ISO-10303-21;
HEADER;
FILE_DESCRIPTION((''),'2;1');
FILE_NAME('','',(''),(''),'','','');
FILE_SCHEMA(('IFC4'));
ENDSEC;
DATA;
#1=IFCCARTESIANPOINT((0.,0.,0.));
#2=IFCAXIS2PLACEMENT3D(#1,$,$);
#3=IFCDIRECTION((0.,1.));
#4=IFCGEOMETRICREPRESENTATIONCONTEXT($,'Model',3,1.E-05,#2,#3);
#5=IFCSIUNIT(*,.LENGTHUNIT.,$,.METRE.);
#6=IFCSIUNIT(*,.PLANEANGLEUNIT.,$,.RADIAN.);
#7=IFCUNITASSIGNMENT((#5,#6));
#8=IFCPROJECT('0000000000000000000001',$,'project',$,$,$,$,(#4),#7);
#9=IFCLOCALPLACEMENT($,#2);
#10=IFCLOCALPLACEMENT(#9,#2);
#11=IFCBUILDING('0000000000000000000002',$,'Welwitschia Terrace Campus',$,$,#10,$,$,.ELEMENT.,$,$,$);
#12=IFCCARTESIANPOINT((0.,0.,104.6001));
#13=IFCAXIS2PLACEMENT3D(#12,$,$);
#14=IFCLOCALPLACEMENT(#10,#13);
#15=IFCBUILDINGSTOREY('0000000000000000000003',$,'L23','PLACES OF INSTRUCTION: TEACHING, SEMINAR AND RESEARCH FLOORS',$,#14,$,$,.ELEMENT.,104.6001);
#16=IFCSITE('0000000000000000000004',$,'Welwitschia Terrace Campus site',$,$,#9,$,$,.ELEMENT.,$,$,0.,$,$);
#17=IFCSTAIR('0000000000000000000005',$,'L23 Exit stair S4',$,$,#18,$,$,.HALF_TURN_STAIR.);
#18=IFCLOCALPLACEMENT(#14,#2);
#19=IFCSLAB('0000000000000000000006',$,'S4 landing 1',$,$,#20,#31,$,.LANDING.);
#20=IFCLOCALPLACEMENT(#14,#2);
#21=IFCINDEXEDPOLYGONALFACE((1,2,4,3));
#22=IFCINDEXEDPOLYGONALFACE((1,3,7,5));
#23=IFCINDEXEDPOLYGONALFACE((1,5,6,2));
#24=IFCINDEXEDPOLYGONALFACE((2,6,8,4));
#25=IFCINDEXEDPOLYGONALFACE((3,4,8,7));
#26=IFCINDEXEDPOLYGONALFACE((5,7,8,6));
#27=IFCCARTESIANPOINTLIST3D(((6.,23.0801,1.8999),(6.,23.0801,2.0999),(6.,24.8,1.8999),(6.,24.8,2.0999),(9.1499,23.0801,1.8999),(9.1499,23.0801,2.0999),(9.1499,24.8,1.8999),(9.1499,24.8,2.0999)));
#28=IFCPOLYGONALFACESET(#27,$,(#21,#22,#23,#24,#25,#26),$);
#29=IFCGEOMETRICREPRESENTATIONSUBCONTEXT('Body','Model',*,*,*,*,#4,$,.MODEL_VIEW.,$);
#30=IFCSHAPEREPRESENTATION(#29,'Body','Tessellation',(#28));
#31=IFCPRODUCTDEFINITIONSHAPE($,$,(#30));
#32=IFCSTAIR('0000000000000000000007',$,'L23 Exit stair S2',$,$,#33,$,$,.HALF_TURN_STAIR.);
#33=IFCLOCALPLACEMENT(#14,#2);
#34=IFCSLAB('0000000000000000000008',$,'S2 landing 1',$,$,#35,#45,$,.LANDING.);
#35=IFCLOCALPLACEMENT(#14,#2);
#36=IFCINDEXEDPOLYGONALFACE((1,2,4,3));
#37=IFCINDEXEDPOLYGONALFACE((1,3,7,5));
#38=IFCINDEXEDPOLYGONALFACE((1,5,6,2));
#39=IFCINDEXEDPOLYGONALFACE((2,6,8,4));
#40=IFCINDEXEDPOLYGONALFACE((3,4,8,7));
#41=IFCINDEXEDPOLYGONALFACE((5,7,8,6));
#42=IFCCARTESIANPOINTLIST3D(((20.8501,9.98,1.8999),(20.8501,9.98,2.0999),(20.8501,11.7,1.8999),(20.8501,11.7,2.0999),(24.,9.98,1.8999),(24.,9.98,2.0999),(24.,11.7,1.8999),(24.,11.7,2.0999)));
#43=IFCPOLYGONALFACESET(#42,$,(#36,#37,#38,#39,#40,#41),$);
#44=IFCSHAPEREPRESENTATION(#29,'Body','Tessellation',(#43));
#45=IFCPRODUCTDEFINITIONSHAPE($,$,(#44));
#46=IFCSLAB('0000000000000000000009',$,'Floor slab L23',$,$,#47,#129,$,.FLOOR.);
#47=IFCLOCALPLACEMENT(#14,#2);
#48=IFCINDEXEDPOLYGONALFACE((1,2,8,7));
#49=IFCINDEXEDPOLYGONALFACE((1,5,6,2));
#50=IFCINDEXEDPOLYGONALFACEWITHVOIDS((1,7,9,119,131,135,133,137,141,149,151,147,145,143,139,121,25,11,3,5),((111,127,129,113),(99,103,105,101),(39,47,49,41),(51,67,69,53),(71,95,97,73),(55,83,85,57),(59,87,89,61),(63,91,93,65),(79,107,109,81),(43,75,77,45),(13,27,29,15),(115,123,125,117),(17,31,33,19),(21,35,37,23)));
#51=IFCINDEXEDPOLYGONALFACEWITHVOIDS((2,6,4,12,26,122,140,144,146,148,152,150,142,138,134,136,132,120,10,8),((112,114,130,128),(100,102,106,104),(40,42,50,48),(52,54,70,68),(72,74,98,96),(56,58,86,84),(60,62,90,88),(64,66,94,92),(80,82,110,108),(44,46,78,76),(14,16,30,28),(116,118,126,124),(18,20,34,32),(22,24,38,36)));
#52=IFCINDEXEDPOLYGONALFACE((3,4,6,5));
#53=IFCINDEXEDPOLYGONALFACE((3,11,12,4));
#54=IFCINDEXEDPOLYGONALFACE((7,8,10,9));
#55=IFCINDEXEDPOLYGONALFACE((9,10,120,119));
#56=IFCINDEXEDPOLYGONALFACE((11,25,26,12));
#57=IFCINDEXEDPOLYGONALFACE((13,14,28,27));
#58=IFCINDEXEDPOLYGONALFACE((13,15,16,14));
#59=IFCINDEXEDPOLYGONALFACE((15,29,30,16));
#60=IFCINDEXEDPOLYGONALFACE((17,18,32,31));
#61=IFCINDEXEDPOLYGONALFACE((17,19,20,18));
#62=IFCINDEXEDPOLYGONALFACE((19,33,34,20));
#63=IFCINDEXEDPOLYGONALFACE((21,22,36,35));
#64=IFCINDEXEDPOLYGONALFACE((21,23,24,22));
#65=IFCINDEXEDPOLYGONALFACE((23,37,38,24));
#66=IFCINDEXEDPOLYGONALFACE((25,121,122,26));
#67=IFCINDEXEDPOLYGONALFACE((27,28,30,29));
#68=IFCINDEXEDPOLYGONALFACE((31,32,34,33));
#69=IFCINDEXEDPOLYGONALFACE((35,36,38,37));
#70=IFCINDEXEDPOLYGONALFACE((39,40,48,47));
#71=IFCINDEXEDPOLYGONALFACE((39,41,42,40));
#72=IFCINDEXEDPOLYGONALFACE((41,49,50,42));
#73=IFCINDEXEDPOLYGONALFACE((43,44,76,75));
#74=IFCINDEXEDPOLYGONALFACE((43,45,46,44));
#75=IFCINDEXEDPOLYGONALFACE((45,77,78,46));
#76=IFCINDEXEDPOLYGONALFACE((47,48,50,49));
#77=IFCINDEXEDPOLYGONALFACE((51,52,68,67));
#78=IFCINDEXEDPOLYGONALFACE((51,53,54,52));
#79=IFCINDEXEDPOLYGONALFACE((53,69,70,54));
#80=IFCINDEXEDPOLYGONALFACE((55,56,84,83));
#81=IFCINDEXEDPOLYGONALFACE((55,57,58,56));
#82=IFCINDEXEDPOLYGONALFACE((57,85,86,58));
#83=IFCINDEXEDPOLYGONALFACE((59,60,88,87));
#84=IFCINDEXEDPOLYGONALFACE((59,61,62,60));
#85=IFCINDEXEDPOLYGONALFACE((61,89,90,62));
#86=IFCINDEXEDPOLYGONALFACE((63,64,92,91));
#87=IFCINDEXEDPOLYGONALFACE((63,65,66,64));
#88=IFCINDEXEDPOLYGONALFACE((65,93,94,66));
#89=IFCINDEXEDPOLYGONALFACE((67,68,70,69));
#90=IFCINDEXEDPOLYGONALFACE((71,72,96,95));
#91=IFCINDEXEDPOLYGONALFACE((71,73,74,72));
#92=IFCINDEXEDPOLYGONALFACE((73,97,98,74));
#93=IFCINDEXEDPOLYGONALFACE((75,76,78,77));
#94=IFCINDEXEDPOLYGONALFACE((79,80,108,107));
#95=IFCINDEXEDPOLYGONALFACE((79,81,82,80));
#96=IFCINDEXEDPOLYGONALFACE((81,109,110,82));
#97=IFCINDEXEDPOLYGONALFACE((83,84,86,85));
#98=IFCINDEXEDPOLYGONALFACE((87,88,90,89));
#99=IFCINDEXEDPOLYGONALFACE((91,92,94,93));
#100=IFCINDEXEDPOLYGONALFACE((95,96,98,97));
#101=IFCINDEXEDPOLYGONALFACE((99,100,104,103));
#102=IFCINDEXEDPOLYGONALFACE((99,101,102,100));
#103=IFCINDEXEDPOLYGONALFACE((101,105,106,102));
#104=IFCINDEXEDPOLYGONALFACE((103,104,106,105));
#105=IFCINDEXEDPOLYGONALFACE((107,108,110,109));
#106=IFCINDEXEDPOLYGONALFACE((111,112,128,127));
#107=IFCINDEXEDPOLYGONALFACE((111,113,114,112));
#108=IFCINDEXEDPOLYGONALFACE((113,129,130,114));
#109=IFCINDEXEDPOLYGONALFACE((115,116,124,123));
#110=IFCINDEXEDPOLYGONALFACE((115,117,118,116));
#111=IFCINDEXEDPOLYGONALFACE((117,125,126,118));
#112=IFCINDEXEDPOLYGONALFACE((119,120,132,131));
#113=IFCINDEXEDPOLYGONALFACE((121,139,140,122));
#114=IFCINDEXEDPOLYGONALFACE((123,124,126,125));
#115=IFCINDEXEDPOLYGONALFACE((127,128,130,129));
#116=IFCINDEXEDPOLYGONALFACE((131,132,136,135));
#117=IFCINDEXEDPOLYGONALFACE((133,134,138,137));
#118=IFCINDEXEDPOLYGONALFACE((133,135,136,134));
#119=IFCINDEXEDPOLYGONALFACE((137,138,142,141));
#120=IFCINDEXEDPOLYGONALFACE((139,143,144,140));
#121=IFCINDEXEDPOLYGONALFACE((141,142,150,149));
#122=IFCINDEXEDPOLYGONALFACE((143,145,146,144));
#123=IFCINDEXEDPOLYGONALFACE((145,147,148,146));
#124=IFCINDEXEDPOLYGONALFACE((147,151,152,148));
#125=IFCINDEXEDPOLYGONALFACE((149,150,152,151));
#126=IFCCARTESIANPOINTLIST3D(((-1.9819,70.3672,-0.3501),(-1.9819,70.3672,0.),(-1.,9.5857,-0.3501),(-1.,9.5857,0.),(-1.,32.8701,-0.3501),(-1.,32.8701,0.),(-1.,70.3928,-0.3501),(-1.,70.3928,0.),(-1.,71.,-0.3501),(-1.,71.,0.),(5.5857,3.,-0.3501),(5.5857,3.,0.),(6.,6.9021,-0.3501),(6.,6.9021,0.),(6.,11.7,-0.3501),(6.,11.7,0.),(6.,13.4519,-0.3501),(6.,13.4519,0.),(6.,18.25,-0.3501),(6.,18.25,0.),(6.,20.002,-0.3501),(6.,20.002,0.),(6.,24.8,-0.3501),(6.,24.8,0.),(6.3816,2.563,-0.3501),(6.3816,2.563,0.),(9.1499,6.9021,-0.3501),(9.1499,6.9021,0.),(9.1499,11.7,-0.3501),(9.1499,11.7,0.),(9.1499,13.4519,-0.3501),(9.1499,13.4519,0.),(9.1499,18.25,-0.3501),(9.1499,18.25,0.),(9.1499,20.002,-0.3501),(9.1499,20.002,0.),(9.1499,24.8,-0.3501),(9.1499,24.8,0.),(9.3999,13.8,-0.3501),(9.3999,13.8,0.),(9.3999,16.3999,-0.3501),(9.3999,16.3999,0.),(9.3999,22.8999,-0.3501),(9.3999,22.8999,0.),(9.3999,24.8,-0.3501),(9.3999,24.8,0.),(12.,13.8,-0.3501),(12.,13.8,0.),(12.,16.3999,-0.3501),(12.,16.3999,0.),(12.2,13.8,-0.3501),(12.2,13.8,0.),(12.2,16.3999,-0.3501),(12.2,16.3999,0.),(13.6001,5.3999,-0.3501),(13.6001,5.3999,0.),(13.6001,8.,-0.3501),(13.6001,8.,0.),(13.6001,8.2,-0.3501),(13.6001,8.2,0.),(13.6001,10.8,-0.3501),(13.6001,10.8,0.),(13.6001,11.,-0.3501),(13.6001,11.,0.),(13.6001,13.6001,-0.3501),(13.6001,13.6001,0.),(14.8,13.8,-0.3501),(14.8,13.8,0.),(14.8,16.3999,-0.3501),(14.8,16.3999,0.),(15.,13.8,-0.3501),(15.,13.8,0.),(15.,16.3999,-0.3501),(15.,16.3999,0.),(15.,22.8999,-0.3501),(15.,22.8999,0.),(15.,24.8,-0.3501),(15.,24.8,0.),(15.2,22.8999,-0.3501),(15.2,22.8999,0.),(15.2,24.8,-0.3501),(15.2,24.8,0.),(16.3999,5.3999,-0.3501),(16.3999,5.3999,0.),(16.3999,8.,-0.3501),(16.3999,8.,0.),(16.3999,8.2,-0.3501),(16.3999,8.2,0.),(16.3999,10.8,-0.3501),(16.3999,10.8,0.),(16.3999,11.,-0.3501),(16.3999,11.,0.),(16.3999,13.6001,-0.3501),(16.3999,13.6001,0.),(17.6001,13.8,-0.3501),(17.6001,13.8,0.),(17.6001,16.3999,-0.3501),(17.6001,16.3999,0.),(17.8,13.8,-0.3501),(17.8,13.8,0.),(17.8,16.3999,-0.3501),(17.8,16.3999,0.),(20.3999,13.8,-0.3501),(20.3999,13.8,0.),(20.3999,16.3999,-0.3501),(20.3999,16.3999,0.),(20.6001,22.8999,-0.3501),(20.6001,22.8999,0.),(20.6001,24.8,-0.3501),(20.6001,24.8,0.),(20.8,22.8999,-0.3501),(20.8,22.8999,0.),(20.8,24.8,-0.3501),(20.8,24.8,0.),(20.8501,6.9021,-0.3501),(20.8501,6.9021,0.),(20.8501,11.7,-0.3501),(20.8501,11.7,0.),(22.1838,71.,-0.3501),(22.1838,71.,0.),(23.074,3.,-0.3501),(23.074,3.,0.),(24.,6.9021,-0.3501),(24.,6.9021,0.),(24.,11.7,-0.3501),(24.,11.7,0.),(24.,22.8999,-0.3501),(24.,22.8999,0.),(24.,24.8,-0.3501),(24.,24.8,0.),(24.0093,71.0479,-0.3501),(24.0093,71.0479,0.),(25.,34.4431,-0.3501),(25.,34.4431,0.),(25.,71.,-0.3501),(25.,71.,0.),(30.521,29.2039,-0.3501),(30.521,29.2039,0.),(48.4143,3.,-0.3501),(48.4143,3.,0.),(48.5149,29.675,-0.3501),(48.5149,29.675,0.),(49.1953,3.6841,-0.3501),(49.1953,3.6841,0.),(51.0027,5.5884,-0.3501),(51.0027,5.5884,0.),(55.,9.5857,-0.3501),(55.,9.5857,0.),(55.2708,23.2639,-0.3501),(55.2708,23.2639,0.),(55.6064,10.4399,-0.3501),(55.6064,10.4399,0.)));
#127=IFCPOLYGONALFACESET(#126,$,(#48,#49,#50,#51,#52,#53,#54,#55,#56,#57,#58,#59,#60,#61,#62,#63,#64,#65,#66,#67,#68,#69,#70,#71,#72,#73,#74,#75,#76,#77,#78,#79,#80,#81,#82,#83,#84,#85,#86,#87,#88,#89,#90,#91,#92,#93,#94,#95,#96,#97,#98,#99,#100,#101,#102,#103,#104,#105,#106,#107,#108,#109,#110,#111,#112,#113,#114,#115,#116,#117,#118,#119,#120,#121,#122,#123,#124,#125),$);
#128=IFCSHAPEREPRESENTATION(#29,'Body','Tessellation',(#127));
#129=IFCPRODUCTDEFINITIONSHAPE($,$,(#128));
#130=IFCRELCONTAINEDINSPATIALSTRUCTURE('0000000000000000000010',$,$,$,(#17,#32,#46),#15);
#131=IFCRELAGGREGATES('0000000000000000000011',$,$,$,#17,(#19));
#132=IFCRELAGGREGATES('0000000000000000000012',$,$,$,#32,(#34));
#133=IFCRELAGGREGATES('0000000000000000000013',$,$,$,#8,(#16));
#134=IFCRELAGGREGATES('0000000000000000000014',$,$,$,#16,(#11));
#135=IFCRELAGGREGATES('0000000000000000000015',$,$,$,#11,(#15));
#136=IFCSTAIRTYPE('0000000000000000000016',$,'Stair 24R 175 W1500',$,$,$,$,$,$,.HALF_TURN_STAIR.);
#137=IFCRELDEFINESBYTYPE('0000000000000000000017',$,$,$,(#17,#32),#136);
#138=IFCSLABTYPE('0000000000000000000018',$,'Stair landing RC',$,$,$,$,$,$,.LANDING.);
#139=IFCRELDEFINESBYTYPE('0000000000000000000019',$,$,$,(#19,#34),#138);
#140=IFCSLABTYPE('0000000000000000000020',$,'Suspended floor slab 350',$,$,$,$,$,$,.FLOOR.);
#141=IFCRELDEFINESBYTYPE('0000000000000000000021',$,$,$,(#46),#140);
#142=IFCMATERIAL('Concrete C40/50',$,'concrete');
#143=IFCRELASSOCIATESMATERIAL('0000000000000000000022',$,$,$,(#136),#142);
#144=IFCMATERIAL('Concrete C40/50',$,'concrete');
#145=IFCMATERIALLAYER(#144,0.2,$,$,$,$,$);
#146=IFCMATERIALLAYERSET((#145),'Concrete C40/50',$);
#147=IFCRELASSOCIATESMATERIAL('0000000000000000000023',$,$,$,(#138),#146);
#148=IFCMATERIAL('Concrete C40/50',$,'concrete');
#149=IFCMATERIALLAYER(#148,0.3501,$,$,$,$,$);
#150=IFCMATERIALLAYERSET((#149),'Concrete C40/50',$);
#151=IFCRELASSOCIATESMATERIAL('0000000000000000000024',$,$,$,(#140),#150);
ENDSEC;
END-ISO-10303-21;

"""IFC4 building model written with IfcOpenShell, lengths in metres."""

from ifc_helpers import new_model, si_unit, direction, frame, origin, place, context, subcontext, project, spatial, polyline, outline, extrude, material, layer, layer_set, type_object, element, aggregate, save


model = new_model("IFC4")

# Units and contexts
model_context = context("Model", 3, precision=1e-05, world=origin(), true_north=direction((0.0, 1.0)))
body_context = subcontext(model_context, "Body", "Model", "MODEL_VIEW")
ifc_project = project(units=[si_unit("LENGTHUNIT", "METRE"), si_unit("PLANEANGLEUNIT", "RADIAN")], contexts=[model_context])

# Site, building, storey
site_placement = place(None, origin())
site = spatial("IfcSite", under=ifc_project, at=site_placement, Name="Welwitschia Terrace Campus site", CompositionType="ELEMENT", RefElevation=0.0)
building_placement = place(site_placement, origin())
building = spatial("IfcBuilding", under=site, at=building_placement, Name="Welwitschia Terrace Campus", CompositionType="ELEMENT")
storey_placement = place(building_placement, frame((0.0, 0.0, 104.6001)))
storey = spatial("IfcBuildingStorey", under=building, at=storey_placement, Name="L23", Description="PLACES OF INSTRUCTION: TEACHING, SEMINAR AND RESEARCH FLOORS", CompositionType="ELEMENT", Elevation=104.6001)

# Stairs, slabs
ifc_material_1 = material(Name="Concrete C40/50", Category="concrete")
stair_type = type_object("IfcStairType", Name="Stair 24R 175 W1500", PredefinedType="HALF_TURN_STAIR", material=ifc_material_1)
ifc_material_2 = material(Name="Concrete C40/50", Category="concrete")
ifc_layer_1 = layer(ifc_material_2, 0.2)
ifc_layer_set_1 = layer_set([ifc_layer_1], Name="Concrete C40/50")
slab_type_1 = type_object("IfcSlabType", Name="Stair landing RC", PredefinedType="LANDING", material=ifc_layer_set_1)
stair_1_placement = place(storey_placement, origin())
stair_1 = element("IfcStair", 1, at=stair_1_placement, inside=storey, type_object=stair_type, Name="L23 Exit stair S4", PredefinedType="HALF_TURN_STAIR")
slab_1_placement = place(storey_placement, frame((0.0, 0.0, 1.8999)))
slab_1 = element("IfcSlab", 2, at=slab_1_placement, type_object=slab_type_1, Name="S4 landing 1", PredefinedType="LANDING", context=body_context, shape_type="SweptSolid", body=[
    extrude(outline(polyline([(9.1499, 23.0801), (9.1499, 24.8), (6.0, 24.8), (6.0, 23.0801), (9.1499, 23.0801)])), origin(), (0.0, 0.0, 1.0), 0.2),
])
aggregate(stair_1, [slab_1])
stair_2_placement = place(storey_placement, origin())
stair_2 = element("IfcStair", 3, at=stair_2_placement, inside=storey, type_object=stair_type, Name="L23 Exit stair S2", PredefinedType="HALF_TURN_STAIR")
slab_2_placement = place(storey_placement, frame((0.0, 0.0, 1.8999)))
slab_2 = element("IfcSlab", 4, at=slab_2_placement, type_object=slab_type_1, Name="S2 landing 1", PredefinedType="LANDING", context=body_context, shape_type="SweptSolid", body=[
    extrude(outline(polyline([(24.0, 9.98), (24.0, 11.7), (20.8501, 11.7), (20.8501, 9.98), (24.0, 9.98)])), origin(), (0.0, 0.0, 1.0), 0.2),
])
aggregate(stair_2, [slab_2])

# Slab
ifc_material_3 = material(Name="Concrete C40/50", Category="concrete")
ifc_layer_2 = layer(ifc_material_3, 0.3501)
ifc_layer_set_2 = layer_set([ifc_layer_2], Name="Concrete C40/50")
slab_type_2 = type_object("IfcSlabType", Name="Suspended floor slab 350", PredefinedType="FLOOR", material=ifc_layer_set_2)
slab_3_placement = place(storey_placement, frame((0.0, 0.0, -0.3501)))
element("IfcSlab", 5, at=slab_3_placement, inside=storey, type_object=slab_type_2, Name="Floor slab L23", PredefinedType="FLOOR", context=body_context, shape_type="SweptSolid", body=[
    extrude(outline(polyline([(-1.0, 70.3928), (-1.0, 71.0), (22.1838, 71.0), (24.0093, 71.0479), (25.0, 71.0), (25.0, 34.4431), (30.521, 29.2039), (48.5149, 29.675), (55.2708, 23.2639), (55.6064, 10.4399), (55.0, 9.5857), (51.0027, 5.5884), (49.1953, 3.6841), (48.4143, 3.0), (23.074, 3.0), (6.3816, 2.563), (5.5857, 3.0), (-1.0, 9.5857), (-1.0, 32.8701), (-1.9819, 70.3672), (-1.0, 70.3928)]), holes=[polyline([(13.6001, 8.0), (13.6001, 5.3999), (16.3999, 5.3999), (16.3999, 8.0), (13.6001, 8.0)]), polyline([(9.1499, 11.7), (6.0, 11.7), (6.0, 6.9021), (9.1499, 6.9021), (9.1499, 11.7)]), polyline([(12.0, 16.3999), (9.3999, 16.3999), (9.3999, 13.8), (12.0, 13.8), (12.0, 16.3999)]), polyline([(14.8, 16.3999), (12.2, 16.3999), (12.2, 13.8), (14.8, 13.8), (14.8, 16.3999)]), polyline([(9.1499, 18.25), (6.0, 18.25), (6.0, 13.4519), (9.1499, 13.4519), (9.1499, 18.25)]), polyline([(9.1499, 24.8), (6.0, 24.8), (6.0, 20.002), (9.1499, 20.002), (9.1499, 24.8)]), polyline([(15.0, 24.8), (9.3999, 24.8), (9.3999, 22.8999), (15.0, 22.8999), (15.0, 24.8)]), polyline([(20.8501, 11.7), (20.8501, 6.9021), (24.0, 6.9021), (24.0, 11.7), (20.8501, 11.7)]), polyline([(16.3999, 10.8), (13.6001, 10.8), (13.6001, 8.2), (16.3999, 8.2), (16.3999, 10.8)]), polyline([(16.3999, 13.6001), (13.6001, 13.6001), (13.6001, 11.0), (16.3999, 11.0), (16.3999, 13.6001)]), polyline([(17.6001, 16.3999), (15.0, 16.3999), (15.0, 13.8), (17.6001, 13.8), (17.6001, 16.3999)]), polyline([(20.3999, 16.3999), (17.8, 16.3999), (17.8, 13.8), (20.3999, 13.8), (20.3999, 16.3999)]), polyline([(20.6001, 24.8), (15.2, 24.8), (15.2, 22.8999), (20.6001, 22.8999), (20.6001, 24.8)]), polyline([(24.0, 24.8), (20.8, 24.8), (20.8, 22.8999), (24.0, 22.8999), (24.0, 24.8)])]), origin(), (0.0, 0.0, 1.0), 0.3501),
])

save(model, "model.ifc")
